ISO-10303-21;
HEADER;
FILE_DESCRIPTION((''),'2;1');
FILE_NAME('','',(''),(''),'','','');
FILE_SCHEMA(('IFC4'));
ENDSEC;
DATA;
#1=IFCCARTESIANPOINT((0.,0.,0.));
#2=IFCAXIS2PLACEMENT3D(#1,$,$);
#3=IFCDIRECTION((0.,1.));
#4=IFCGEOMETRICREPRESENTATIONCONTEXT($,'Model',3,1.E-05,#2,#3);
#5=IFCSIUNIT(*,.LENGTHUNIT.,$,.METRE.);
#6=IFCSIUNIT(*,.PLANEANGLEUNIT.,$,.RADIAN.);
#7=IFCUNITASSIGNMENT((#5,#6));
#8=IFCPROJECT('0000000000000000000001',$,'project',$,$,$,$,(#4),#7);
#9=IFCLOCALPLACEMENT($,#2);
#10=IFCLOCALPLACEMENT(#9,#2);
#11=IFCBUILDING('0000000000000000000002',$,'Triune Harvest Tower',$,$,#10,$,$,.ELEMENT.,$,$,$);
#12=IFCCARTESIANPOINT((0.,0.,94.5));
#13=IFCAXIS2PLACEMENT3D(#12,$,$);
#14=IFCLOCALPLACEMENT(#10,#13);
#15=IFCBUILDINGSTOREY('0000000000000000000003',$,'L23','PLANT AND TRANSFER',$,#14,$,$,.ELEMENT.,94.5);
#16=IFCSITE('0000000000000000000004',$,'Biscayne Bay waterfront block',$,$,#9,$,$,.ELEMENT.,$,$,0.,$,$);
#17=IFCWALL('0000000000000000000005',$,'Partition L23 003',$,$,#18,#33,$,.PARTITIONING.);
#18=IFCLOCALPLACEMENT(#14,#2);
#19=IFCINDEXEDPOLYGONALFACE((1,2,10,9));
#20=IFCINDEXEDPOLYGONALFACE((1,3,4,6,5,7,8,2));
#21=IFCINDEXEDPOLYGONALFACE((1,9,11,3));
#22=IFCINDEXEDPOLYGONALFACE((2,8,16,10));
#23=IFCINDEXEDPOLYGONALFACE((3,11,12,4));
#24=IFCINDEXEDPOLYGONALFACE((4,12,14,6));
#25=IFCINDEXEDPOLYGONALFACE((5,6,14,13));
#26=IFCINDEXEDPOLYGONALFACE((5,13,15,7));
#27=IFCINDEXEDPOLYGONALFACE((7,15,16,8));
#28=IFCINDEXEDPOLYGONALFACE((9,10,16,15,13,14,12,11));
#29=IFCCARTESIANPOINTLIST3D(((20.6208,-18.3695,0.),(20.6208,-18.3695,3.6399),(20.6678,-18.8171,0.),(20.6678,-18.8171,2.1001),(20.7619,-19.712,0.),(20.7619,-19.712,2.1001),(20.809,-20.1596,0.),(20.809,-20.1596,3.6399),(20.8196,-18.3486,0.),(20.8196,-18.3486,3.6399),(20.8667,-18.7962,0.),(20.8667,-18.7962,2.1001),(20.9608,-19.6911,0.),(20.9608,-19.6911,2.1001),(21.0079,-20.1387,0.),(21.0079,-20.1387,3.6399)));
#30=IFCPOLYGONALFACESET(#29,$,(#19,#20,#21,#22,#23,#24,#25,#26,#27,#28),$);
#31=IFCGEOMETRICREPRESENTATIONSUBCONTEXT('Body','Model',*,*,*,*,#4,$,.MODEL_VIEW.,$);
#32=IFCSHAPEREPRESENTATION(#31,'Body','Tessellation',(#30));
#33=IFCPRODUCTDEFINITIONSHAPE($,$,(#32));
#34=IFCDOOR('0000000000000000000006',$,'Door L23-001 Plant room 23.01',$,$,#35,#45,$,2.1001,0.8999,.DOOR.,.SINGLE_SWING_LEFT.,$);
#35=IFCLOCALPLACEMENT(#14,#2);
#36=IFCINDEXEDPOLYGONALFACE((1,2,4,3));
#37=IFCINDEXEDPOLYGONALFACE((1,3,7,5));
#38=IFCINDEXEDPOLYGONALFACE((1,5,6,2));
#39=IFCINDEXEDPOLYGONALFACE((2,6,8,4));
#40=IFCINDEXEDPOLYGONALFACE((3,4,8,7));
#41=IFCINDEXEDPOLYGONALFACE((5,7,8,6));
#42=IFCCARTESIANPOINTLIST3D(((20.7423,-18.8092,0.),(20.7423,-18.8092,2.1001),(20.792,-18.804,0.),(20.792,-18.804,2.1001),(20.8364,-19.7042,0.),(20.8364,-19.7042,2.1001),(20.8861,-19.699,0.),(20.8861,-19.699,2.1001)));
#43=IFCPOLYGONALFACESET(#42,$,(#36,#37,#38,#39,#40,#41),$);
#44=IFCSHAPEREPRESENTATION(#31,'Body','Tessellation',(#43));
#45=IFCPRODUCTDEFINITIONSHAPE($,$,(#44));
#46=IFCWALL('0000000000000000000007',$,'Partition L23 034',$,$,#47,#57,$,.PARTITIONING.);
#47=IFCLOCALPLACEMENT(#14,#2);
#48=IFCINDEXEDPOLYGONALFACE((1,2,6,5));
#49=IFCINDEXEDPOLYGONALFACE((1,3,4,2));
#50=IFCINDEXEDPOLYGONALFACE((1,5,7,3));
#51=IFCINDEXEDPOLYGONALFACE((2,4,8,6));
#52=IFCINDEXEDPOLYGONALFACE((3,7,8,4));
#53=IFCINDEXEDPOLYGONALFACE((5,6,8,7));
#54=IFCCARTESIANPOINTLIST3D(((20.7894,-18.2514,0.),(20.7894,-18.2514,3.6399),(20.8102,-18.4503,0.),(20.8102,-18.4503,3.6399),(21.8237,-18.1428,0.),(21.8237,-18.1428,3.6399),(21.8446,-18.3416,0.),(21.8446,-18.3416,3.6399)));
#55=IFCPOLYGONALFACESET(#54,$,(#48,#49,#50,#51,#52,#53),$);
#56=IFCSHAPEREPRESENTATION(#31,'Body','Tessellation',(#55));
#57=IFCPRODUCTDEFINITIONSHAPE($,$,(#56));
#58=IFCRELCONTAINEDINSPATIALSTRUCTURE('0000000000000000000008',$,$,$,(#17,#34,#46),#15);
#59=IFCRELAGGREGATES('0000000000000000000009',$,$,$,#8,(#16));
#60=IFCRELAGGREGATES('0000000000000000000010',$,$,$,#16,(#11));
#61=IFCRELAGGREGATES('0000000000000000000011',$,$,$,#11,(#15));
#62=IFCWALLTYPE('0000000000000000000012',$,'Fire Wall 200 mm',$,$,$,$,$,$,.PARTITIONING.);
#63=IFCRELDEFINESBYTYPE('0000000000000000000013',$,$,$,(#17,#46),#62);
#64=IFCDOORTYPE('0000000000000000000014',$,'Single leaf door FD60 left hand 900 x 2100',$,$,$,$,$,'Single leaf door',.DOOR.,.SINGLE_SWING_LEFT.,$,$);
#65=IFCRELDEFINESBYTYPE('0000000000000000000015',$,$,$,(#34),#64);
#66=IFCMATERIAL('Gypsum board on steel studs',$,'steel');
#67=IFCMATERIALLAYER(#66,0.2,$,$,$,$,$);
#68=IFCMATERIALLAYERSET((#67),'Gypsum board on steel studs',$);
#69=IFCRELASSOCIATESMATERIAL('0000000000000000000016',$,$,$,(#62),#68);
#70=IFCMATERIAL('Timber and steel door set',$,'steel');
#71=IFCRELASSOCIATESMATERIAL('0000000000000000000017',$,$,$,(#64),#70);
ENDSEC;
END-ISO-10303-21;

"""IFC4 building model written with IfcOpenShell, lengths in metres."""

from ifc_helpers import new_model, si_unit, direction, frame, frame_2d, origin, place, context, subcontext, project, spatial, rectangle, extrude, source, transform, mapped, material, layer, layer_set, type_object, element, fill, save


model = new_model("IFC4")

# Units and contexts
model_context = context("Model", 3, precision=1e-05, world=origin(), true_north=direction((0.0, 1.0)))
body_context = subcontext(model_context, "Body", "Model", "MODEL_VIEW")
ifc_project = project(units=[si_unit("LENGTHUNIT", "METRE"), si_unit("PLANEANGLEUNIT", "RADIAN")], contexts=[model_context])

# Site, building, storey
site_placement = place(None, origin())
site = spatial("IfcSite", under=ifc_project, at=site_placement, Name="Biscayne Bay waterfront block", CompositionType="ELEMENT", RefElevation=0.0)
building_placement = place(site_placement, origin())
building = spatial("IfcBuilding", under=site, at=building_placement, Name="Triune Harvest Tower", CompositionType="ELEMENT")
storey_placement = place(building_placement, frame((0.0, 0.0, 94.5)))
storey = spatial("IfcBuildingStorey", under=building, at=storey_placement, Name="L23", Description="PLANT AND TRANSFER", CompositionType="ELEMENT", Elevation=94.5)

# Shared definitions
ifc_material_1 = material(Name="Gypsum board on steel studs", Category="steel")
ifc_layer_1 = layer(ifc_material_1, 0.2)
ifc_layer_set_1 = layer_set([ifc_layer_1], Name="Gypsum board on steel studs")
wall_type = type_object("IfcWallType", Name="Fire Wall 200 mm", PredefinedType="PARTITIONING", material=ifc_layer_set_1)

# Wall, opening, door
shared_shape_1 = source(origin(), body_context, "Body", "SweptSolid", [
    extrude(rectangle(XDim=1.8, YDim=0.2, at=frame_2d((0.8999, 0.0))), origin(), (0.0, 0.0, 1.0), 3.6399),
])
wall_1_placement = place(storey_placement, frame((20.7202, -18.3591, 0.0), z_axis=(0.0, 0.0, 1.0), x_axis=(0.104565, -0.994518, 0.0)))
wall_1 = element("IfcWall", 1, at=wall_1_placement, inside=storey, type_object=wall_type, Name="Partition L23 003", PredefinedType="PARTITIONING", context=body_context, shape_type="MappedRepresentation", body=[
    mapped(shared_shape_1, transform((0.0, 0.0, 0.0), scale=1.0)),
])
opening_placement = place(wall_1_placement, frame((0.45, 0.0, 0.0)))
opening = element("IfcOpeningElement", 2, at=opening_placement, cuts=wall_1, PredefinedType="OPENING", context=body_context, shape_type="SweptSolid", body=[
    extrude(rectangle(XDim=0.8999, YDim=2.1001, at=frame_2d((0.45, 1.05))), frame((0.0, 0.1099, 0.0), z_axis=(0.0, -1.0, 0.0), x_axis=(1.0, 0.0, 0.0)), (0.0, 0.0, 1.0), 0.22),
])
ifc_material_2 = material(Name="Timber and steel door set", Category="steel")
door_type = type_object("IfcDoorType", Name="Single leaf door FD60 left hand 900 x 2100", ElementType="Single leaf door", OperationType="SINGLE_SWING_LEFT", PredefinedType="DOOR", material=ifc_material_2)
door_placement = place(opening_placement, origin())
door = element("IfcDoor", 3, at=door_placement, inside=storey, type_object=door_type, Name="Door L23-001 Plant room 23.01", OperationType="SINGLE_SWING_LEFT", OverallHeight=2.1001, OverallWidth=0.8999, PredefinedType="DOOR", context=body_context, shape_type="SweptSolid", body=[
    extrude(rectangle(XDim=0.8999, YDim=2.1001, at=frame_2d((0.45, 1.05))), frame((0.0, 0.0249, 0.0), z_axis=(0.0, -1.0, 0.0), x_axis=(1.0, 0.0, 0.0)), (0.0, 0.0, 1.0), 0.05),
])
fill(opening, door)

# Wall
shared_shape_2 = source(origin(), body_context, "Body", "SweptSolid", [
    extrude(rectangle(XDim=1.04, YDim=0.2, at=frame_2d((0.52, 0.0))), origin(), (0.0, 0.0, 1.0), 3.6399),
])
wall_2_placement = place(storey_placement, frame((20.7998, -18.3508, 0.0), z_axis=(0.0, 0.0, 1.0), x_axis=(0.99453, 0.104453, 0.0)))
element("IfcWall", 4, at=wall_2_placement, inside=storey, type_object=wall_type, Name="Partition L23 034", PredefinedType="PARTITIONING", context=body_context, shape_type="MappedRepresentation", body=[
    mapped(shared_shape_2, transform((0.0, 0.0, 0.0), scale=1.0)),
])

save(model, "model.ifc")
